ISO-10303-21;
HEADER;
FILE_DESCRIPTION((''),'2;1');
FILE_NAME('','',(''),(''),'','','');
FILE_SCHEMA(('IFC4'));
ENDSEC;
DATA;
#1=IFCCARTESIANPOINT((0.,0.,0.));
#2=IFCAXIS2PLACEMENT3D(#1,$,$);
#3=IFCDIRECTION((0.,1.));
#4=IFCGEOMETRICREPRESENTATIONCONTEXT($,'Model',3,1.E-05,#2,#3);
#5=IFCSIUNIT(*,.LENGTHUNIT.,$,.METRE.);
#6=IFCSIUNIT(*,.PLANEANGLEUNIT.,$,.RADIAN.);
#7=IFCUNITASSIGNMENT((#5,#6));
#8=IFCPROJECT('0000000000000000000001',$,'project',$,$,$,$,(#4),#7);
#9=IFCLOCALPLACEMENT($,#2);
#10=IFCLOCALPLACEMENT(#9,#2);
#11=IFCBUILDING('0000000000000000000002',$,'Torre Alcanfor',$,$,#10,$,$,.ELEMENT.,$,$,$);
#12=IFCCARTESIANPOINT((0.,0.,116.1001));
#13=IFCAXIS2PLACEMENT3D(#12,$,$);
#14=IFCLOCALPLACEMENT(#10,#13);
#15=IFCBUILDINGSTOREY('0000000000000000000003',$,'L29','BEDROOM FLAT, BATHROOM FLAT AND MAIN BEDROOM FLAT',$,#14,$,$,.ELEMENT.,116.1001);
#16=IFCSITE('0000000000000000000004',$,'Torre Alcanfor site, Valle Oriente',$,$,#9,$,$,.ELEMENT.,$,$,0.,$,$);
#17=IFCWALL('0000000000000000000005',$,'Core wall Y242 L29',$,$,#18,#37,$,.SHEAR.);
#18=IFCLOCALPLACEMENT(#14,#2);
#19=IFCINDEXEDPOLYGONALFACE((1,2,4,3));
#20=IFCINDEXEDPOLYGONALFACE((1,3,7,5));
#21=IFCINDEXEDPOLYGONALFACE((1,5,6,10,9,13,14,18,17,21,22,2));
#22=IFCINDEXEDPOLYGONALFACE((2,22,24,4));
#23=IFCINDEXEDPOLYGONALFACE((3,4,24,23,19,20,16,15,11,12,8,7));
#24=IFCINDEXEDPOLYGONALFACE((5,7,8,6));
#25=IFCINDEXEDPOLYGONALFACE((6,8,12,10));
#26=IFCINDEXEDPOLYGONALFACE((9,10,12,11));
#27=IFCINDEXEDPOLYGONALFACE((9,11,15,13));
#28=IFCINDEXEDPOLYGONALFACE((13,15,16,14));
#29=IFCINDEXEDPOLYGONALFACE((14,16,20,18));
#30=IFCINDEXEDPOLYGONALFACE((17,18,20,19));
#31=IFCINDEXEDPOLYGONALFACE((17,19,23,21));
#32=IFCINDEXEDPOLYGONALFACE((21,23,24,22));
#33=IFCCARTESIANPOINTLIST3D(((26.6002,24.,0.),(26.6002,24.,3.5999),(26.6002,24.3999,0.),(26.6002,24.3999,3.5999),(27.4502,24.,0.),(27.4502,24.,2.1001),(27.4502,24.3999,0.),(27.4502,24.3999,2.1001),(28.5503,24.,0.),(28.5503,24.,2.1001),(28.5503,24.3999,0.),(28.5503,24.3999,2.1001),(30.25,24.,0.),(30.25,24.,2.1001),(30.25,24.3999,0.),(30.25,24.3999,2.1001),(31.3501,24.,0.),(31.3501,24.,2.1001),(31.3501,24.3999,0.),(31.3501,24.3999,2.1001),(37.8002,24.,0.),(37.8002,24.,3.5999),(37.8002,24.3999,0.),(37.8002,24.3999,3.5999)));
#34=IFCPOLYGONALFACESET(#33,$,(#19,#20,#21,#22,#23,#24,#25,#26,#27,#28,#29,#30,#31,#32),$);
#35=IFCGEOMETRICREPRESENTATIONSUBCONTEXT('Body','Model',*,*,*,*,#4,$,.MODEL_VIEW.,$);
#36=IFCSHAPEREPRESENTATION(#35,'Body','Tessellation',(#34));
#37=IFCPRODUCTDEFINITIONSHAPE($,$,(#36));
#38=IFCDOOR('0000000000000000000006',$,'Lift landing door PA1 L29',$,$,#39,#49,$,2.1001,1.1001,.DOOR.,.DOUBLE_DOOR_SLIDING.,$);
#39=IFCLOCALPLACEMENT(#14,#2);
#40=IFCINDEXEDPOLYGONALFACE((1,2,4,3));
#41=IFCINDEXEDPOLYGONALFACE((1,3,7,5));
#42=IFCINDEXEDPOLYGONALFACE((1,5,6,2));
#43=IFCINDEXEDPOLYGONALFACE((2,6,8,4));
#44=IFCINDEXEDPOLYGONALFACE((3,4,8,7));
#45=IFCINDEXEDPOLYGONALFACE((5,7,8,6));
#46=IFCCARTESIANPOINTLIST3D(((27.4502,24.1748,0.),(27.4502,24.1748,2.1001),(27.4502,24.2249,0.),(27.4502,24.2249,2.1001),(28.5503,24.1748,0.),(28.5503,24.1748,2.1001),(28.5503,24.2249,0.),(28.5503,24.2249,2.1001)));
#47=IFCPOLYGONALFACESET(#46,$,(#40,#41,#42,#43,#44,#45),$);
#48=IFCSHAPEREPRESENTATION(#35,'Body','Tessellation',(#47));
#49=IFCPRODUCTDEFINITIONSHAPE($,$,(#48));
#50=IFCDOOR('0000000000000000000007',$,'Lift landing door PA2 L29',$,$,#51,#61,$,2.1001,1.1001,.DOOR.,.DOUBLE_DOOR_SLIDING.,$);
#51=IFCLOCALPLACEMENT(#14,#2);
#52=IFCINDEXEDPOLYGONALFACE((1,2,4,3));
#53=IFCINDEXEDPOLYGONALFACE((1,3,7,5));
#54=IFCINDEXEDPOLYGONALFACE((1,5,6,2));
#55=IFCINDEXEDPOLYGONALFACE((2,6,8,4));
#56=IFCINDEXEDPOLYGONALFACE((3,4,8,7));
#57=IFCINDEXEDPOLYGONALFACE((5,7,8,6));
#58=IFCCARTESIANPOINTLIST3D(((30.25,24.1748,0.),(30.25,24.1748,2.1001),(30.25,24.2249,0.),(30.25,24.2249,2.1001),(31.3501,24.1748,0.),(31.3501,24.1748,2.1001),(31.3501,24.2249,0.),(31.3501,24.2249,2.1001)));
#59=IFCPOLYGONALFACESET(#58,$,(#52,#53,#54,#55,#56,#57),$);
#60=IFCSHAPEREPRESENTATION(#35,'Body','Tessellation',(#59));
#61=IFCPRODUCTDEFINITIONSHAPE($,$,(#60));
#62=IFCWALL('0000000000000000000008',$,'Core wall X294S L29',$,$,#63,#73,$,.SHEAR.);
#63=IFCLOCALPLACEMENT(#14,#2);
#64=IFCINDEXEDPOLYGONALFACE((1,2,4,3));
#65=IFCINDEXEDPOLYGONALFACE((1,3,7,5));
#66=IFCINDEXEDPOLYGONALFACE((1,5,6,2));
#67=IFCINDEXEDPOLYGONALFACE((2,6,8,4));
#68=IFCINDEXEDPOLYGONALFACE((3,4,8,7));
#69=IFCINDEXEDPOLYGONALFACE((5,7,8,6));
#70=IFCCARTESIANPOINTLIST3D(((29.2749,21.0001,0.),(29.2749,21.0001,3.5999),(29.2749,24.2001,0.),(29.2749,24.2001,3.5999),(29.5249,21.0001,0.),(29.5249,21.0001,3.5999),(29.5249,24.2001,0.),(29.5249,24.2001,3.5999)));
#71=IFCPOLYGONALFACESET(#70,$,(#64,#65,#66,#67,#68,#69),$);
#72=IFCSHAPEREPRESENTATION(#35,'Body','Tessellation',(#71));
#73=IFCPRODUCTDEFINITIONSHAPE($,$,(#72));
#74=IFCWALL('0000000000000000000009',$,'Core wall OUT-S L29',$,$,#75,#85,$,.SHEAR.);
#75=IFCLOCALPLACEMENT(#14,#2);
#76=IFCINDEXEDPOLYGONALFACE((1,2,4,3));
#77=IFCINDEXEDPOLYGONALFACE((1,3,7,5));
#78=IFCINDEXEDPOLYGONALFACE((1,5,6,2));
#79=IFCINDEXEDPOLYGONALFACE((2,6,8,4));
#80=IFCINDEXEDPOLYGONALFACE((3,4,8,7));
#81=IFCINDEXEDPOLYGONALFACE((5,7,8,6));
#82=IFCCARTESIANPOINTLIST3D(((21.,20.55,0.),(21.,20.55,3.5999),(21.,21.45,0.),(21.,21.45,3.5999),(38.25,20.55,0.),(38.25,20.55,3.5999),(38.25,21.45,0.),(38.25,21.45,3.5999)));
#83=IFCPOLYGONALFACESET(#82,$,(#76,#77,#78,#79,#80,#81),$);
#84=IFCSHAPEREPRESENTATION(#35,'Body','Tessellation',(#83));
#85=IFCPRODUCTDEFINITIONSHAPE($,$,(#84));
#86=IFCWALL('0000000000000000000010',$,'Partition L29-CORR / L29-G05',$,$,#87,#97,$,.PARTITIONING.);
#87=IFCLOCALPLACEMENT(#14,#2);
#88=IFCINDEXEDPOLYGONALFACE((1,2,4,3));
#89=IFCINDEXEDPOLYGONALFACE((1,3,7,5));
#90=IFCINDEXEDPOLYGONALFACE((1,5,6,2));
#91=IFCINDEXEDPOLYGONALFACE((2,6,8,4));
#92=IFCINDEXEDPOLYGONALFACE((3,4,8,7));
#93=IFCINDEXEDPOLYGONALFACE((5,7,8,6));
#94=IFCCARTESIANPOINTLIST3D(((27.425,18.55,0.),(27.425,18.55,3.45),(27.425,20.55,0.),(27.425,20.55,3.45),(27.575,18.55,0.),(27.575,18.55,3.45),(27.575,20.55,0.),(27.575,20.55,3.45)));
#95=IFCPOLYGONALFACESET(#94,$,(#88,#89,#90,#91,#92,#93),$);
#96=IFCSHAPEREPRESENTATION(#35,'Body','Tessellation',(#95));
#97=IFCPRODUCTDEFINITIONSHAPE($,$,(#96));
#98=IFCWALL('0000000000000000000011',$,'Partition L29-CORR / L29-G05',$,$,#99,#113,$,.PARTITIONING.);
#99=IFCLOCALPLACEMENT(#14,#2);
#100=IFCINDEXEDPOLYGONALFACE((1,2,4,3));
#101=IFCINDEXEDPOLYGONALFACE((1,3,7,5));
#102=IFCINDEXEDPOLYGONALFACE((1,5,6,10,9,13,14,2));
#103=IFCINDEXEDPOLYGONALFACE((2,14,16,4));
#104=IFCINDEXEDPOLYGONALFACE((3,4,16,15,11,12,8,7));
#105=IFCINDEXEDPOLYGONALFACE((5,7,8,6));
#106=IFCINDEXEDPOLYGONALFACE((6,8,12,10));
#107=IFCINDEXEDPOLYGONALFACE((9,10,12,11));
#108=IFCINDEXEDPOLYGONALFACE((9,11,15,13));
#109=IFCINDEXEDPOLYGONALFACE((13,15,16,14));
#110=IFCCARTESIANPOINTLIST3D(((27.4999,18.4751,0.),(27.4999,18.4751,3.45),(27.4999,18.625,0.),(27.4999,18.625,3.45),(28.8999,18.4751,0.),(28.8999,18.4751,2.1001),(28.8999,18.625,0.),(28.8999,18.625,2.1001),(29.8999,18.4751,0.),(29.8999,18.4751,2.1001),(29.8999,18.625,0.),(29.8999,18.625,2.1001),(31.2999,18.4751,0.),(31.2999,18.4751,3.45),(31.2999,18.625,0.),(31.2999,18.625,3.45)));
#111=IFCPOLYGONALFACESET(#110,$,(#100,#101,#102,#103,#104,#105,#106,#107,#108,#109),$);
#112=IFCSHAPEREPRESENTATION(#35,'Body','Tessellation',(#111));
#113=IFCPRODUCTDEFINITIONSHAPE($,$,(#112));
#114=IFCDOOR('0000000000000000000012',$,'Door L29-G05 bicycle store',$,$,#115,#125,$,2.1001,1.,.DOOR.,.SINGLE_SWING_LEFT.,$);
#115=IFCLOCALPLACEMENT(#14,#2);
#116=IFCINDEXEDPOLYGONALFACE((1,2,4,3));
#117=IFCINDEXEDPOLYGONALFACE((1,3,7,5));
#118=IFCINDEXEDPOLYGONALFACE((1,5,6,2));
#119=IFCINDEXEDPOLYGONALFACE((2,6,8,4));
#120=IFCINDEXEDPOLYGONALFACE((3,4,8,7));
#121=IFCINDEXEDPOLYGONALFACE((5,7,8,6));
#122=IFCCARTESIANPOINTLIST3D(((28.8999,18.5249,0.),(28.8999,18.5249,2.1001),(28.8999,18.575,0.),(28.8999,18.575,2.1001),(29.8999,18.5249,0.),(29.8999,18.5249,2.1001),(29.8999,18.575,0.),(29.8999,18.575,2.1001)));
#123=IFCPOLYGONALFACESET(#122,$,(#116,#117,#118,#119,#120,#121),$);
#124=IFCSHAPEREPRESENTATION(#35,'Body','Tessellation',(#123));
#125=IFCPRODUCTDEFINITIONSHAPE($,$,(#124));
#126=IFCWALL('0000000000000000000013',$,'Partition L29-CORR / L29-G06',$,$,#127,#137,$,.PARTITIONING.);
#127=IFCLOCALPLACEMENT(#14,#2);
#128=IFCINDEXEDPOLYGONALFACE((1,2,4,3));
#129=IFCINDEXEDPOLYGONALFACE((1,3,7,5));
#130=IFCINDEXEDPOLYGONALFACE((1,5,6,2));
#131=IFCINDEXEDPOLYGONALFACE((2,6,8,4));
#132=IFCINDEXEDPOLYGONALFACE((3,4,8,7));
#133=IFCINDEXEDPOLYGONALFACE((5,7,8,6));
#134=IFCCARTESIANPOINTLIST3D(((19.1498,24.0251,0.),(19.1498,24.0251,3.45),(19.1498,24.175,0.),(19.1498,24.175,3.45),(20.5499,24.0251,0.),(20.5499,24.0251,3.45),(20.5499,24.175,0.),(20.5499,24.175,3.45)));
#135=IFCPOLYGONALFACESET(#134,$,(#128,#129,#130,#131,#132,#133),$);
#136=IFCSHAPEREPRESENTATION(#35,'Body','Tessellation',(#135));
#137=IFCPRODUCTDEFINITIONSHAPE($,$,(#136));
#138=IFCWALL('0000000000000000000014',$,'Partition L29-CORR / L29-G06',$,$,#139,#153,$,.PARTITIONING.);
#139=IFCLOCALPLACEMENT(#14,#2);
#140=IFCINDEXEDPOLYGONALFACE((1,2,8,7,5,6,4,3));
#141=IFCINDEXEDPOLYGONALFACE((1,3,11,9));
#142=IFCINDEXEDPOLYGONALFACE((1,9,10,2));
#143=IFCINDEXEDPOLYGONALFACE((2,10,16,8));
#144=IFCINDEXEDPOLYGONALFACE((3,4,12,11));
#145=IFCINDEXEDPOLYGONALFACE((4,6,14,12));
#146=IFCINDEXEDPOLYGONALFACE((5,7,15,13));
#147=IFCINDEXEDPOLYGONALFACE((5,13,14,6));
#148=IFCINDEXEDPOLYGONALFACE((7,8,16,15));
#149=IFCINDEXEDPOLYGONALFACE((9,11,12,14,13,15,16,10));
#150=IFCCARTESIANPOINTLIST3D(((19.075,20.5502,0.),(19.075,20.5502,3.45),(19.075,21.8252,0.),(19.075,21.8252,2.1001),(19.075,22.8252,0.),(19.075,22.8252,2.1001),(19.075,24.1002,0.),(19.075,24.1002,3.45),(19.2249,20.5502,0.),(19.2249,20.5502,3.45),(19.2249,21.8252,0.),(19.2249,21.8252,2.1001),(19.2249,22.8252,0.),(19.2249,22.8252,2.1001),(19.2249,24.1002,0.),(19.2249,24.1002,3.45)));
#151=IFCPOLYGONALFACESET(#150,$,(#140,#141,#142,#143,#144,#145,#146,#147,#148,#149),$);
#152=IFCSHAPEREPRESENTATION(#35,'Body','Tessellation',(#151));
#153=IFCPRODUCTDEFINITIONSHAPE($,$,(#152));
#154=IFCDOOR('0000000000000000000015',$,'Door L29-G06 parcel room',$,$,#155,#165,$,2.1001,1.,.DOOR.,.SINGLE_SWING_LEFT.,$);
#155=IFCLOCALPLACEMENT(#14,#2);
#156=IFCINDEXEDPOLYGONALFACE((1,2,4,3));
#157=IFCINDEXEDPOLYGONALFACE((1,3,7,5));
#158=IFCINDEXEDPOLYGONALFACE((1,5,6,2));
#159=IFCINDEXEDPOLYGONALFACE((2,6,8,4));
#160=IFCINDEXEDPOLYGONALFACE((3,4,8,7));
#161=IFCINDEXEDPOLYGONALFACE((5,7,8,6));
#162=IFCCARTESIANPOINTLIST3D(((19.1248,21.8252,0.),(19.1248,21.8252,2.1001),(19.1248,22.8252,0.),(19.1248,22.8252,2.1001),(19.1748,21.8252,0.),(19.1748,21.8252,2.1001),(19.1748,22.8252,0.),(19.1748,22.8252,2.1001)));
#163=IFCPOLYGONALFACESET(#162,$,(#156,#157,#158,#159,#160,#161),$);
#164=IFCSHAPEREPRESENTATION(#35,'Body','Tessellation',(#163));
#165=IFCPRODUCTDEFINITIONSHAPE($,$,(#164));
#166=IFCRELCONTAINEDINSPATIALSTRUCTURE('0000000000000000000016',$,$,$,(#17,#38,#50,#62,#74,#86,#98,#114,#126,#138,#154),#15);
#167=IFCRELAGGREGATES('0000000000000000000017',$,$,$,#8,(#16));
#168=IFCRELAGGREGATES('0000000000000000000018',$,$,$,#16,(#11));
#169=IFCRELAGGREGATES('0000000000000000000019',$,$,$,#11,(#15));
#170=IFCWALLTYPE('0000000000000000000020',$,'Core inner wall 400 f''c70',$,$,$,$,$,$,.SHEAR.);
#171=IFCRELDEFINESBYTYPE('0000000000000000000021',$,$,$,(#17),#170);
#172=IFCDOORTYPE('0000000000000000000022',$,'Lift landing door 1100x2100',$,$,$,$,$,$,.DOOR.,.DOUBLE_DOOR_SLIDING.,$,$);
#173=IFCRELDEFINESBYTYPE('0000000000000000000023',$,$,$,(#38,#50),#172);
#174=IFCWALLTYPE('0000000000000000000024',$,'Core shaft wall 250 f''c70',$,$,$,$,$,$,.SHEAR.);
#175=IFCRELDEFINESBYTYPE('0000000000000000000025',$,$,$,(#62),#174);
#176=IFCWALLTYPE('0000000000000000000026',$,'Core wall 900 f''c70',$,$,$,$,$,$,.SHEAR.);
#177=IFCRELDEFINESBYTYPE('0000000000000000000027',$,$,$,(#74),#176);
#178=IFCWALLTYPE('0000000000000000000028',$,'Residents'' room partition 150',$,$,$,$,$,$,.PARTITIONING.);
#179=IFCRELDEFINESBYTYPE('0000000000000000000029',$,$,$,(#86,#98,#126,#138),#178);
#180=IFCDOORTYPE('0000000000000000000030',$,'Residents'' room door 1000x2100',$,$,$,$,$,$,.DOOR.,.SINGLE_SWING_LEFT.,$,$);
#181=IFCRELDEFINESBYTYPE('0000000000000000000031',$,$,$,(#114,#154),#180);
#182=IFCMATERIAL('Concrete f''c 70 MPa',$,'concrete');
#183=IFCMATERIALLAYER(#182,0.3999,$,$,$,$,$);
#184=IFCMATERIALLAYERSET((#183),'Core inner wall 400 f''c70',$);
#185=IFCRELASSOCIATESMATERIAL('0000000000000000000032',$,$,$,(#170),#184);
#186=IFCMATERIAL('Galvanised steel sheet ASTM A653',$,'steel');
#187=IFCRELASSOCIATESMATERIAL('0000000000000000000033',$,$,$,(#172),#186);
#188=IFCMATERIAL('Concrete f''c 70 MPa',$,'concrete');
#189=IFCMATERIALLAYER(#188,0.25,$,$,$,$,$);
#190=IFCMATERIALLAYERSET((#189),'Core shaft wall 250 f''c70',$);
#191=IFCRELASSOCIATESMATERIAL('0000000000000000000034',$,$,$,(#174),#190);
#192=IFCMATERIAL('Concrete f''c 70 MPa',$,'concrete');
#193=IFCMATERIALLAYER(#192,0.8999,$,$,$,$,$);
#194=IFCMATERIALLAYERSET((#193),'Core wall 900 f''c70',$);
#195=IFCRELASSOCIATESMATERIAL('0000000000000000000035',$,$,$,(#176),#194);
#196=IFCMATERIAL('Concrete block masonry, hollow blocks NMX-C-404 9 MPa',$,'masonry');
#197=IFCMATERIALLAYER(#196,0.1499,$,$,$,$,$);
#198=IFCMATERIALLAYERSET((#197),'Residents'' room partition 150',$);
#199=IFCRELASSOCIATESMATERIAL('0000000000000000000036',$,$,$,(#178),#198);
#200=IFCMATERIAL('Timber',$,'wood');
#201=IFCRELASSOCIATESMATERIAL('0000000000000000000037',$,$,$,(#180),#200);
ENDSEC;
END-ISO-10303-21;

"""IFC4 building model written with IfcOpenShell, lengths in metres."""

from ifc_helpers import new_model, si_unit, direction, frame, frame_2d, origin, place, context, subcontext, project, spatial, rectangle, extrude, material, layer, layer_set, type_object, element, fill, save


model = new_model("IFC4")

# Units and contexts
model_context = context("Model", 3, precision=1e-05, world=origin(), true_north=direction((0.0, 1.0)))
body_context = subcontext(model_context, "Body", "Model", "MODEL_VIEW")
ifc_project = project(units=[si_unit("LENGTHUNIT", "METRE"), si_unit("PLANEANGLEUNIT", "RADIAN")], contexts=[model_context])

# Site, building, storey
site_placement = place(None, origin())
site = spatial("IfcSite", under=ifc_project, at=site_placement, Name="Torre Alcanfor site, Valle Oriente", CompositionType="ELEMENT", RefElevation=0.0)
building_placement = place(site_placement, origin())
building = spatial("IfcBuilding", under=site, at=building_placement, Name="Torre Alcanfor", CompositionType="ELEMENT")
storey_placement = place(building_placement, frame((0.0, 0.0, 116.1001)))
storey = spatial("IfcBuildingStorey", under=building, at=storey_placement, Name="L29", Description="BEDROOM FLAT, BATHROOM FLAT AND MAIN BEDROOM FLAT", CompositionType="ELEMENT", Elevation=116.1001)

# Shared definitions
ifc_material_1 = material(Name="Concrete f'c 70 MPa", Category="concrete")
ifc_layer_1 = layer(ifc_material_1, 0.3999)
ifc_layer_set_1 = layer_set([ifc_layer_1], Name="Core inner wall 400 f'c70")
wall_type_1 = type_object("IfcWallType", Name="Core inner wall 400 f'c70", PredefinedType="SHEAR", material=ifc_layer_set_1)

# Wall, openings, doors
wall_1_placement = place(storey_placement, frame((26.6001, 24.2, 0.0), z_axis=(0.0, 0.0, 1.0), x_axis=(1.0, 0.0, 0.0)))
wall_1 = element("IfcWall", 1, at=wall_1_placement, inside=storey, type_object=wall_type_1, Name="Core wall Y242 L29", PredefinedType="SHEAR", context=body_context, shape_type="SweptSolid", body=[
    extrude(rectangle(XDim=11.2, YDim=0.3999, at=frame_2d((5.6001, 0.0))), origin(), (0.0, 0.0, 1.0), 3.5999),
])
opening_1_placement = place(wall_1_placement, frame((0.8501, 0.0, 0.0)))
opening_1 = element("IfcOpeningElement", 2, at=opening_1_placement, cuts=wall_1, PredefinedType="OPENING", context=body_context, shape_type="SweptSolid", body=[
    extrude(rectangle(XDim=1.1001, YDim=2.1001, at=frame_2d((0.55, 1.05))), frame((0.0, 0.21, 0.0), z_axis=(0.0, -1.0, 0.0), x_axis=(1.0, 0.0, 0.0)), (0.0, 0.0, 1.0), 0.4199),
])
opening_2_placement = place(wall_1_placement, frame((3.6499, 0.0, 0.0)))
opening_2 = element("IfcOpeningElement", 3, at=opening_2_placement, cuts=wall_1, PredefinedType="OPENING", context=body_context, shape_type="SweptSolid", body=[
    extrude(rectangle(XDim=1.1001, YDim=2.1001, at=frame_2d((0.55, 1.05))), frame((0.0, 0.21, 0.0), z_axis=(0.0, -1.0, 0.0), x_axis=(1.0, 0.0, 0.0)), (0.0, 0.0, 1.0), 0.4199),
])
ifc_material_2 = material(Name="Galvanised steel sheet ASTM A653", Category="steel")
door_type_1 = type_object("IfcDoorType", Name="Lift landing door 1100x2100", OperationType="DOUBLE_DOOR_SLIDING", PredefinedType="DOOR", material=ifc_material_2)
door_1_placement = place(opening_1_placement, origin())
door_1 = element("IfcDoor", 4, at=door_1_placement, inside=storey, type_object=door_type_1, Name="Lift landing door PA1 L29", OperationType="DOUBLE_DOOR_SLIDING", OverallHeight=2.1001, OverallWidth=1.1001, PredefinedType="DOOR", context=body_context, shape_type="SweptSolid", body=[
    extrude(rectangle(XDim=1.1001, YDim=2.1001, at=frame_2d((0.55, 1.05))), frame((0.0, 0.0249, 0.0), z_axis=(0.0, -1.0, 0.0), x_axis=(1.0, 0.0, 0.0)), (0.0, 0.0, 1.0), 0.05),
])
fill(opening_1, door_1)
door_2_placement = place(opening_2_placement, origin())
door_2 = element("IfcDoor", 5, at=door_2_placement, inside=storey, type_object=door_type_1, Name="Lift landing door PA2 L29", OperationType="DOUBLE_DOOR_SLIDING", OverallHeight=2.1001, OverallWidth=1.1001, PredefinedType="DOOR", context=body_context, shape_type="SweptSolid", body=[
    extrude(rectangle(XDim=1.1001, YDim=2.1001, at=frame_2d((0.55, 1.05))), frame((0.0, 0.0249, 0.0), z_axis=(0.0, -1.0, 0.0), x_axis=(1.0, 0.0, 0.0)), (0.0, 0.0, 1.0), 0.05),
])
fill(opening_2, door_2)

# Walls
ifc_material_3 = material(Name="Concrete f'c 70 MPa", Category="concrete")
ifc_layer_2 = layer(ifc_material_3, 0.25)
ifc_layer_set_2 = layer_set([ifc_layer_2], Name="Core shaft wall 250 f'c70")
wall_type_2 = type_object("IfcWallType", Name="Core shaft wall 250 f'c70", PredefinedType="SHEAR", material=ifc_layer_set_2)
wall_2_placement = place(storey_placement, frame((29.3999, 21.0, 0.0), z_axis=(0.0, 0.0, 1.0), x_axis=(0.0, 1.0, 0.0)))
element("IfcWall", 6, at=wall_2_placement, inside=storey, type_object=wall_type_2, Name="Core wall X294S L29", PredefinedType="SHEAR", context=body_context, shape_type="SweptSolid", body=[
    extrude(rectangle(XDim=3.2, YDim=0.25, at=frame_2d((1.6001, 0.0))), origin(), (0.0, 0.0, 1.0), 3.5999),
])
ifc_material_4 = material(Name="Concrete f'c 70 MPa", Category="concrete")
ifc_layer_3 = layer(ifc_material_4, 0.8999)
ifc_layer_set_3 = layer_set([ifc_layer_3], Name="Core wall 900 f'c70")
wall_type_3 = type_object("IfcWallType", Name="Core wall 900 f'c70", PredefinedType="SHEAR", material=ifc_layer_set_3)
wall_3_placement = place(storey_placement, frame((21.0, 21.0, 0.0), z_axis=(0.0, 0.0, 1.0), x_axis=(1.0, 0.0, 0.0)))
element("IfcWall", 7, at=wall_3_placement, inside=storey, type_object=wall_type_3, Name="Core wall OUT-S L29", PredefinedType="SHEAR", context=body_context, shape_type="SweptSolid", body=[
    extrude(rectangle(XDim=17.25, YDim=0.8999, at=frame_2d((8.625, 0.0))), origin(), (0.0, 0.0, 1.0), 3.5999),
])
ifc_material_5 = material(Name="Concrete block masonry, hollow blocks NMX-C-404 9 MPa", Category="masonry")
ifc_layer_4 = layer(ifc_material_5, 0.1499)
ifc_layer_set_4 = layer_set([ifc_layer_4], Name="Residents' room partition 150")
wall_type_4 = type_object("IfcWallType", Name="Residents' room partition 150", PredefinedType="PARTITIONING", material=ifc_layer_set_4)
wall_4_placement = place(storey_placement, frame((27.5, 20.55, 0.0), z_axis=(0.0, 0.0, 1.0), x_axis=(0.0, -1.0, 0.0)))
element("IfcWall", 8, at=wall_4_placement, inside=storey, type_object=wall_type_4, Name="Partition L29-CORR / L29-G05", PredefinedType="PARTITIONING", context=body_context, shape_type="SweptSolid", body=[
    extrude(rectangle(XDim=2.0, YDim=0.1499, at=frame_2d((1.0, 0.0))), origin(), (0.0, 0.0, 1.0), 3.45),
])

# Wall, opening, door
wall_5_placement = place(storey_placement, frame((27.5, 18.55, 0.0), z_axis=(0.0, 0.0, 1.0), x_axis=(1.0, 0.0, 0.0)))
wall_5 = element("IfcWall", 9, at=wall_5_placement, inside=storey, type_object=wall_type_4, Name="Partition L29-CORR / L29-G05", PredefinedType="PARTITIONING", context=body_context, shape_type="SweptSolid", body=[
    extrude(rectangle(XDim=3.8, YDim=0.1499, at=frame_2d((1.8999, 0.0))), origin(), (0.0, 0.0, 1.0), 3.45),
])
opening_3_placement = place(wall_5_placement, frame((1.3999, 0.0, 0.0)))
opening_3 = element("IfcOpeningElement", 10, at=opening_3_placement, cuts=wall_5, PredefinedType="OPENING", context=body_context, shape_type="SweptSolid", body=[
    extrude(rectangle(XDim=1.0, YDim=2.1001, at=frame_2d((0.5, 1.05))), frame((0.0, 0.085, 0.0), z_axis=(0.0, -1.0, 0.0), x_axis=(1.0, 0.0, 0.0)), (0.0, 0.0, 1.0), 0.1699),
])
ifc_material_6 = material(Name="Timber", Category="wood")
door_type_2 = type_object("IfcDoorType", Name="Residents' room door 1000x2100", OperationType="SINGLE_SWING_LEFT", PredefinedType="DOOR", material=ifc_material_6)
door_3_placement = place(opening_3_placement, origin())
door_3 = element("IfcDoor", 11, at=door_3_placement, inside=storey, type_object=door_type_2, Name="Door L29-G05 bicycle store", OperationType="SINGLE_SWING_LEFT", OverallHeight=2.1001, OverallWidth=1.0, PredefinedType="DOOR", context=body_context, shape_type="SweptSolid", body=[
    extrude(rectangle(XDim=1.0, YDim=2.1001, at=frame_2d((0.5, 1.05))), frame((0.0, 0.0249, 0.0), z_axis=(0.0, -1.0, 0.0), x_axis=(1.0, 0.0, 0.0)), (0.0, 0.0, 1.0), 0.05),
])
fill(opening_3, door_3)

# Wall
wall_6_placement = place(storey_placement, frame((20.55, 24.1001, 0.0), z_axis=(0.0, 0.0, 1.0), x_axis=(-1.0, 0.0, 0.0)))
element("IfcWall", 12, at=wall_6_placement, inside=storey, type_object=wall_type_4, Name="Partition L29-CORR / L29-G06", PredefinedType="PARTITIONING", context=body_context, shape_type="SweptSolid", body=[
    extrude(rectangle(XDim=1.4001, YDim=0.1499, at=frame_2d((0.7002, 0.0))), origin(), (0.0, 0.0, 1.0), 3.45),
])

# Wall, opening, door
wall_7_placement = place(storey_placement, frame((19.1499, 24.1001, 0.0), z_axis=(0.0, 0.0, 1.0), x_axis=(0.0, -1.0, 0.0)))
wall_7 = element("IfcWall", 13, at=wall_7_placement, inside=storey, type_object=wall_type_4, Name="Partition L29-CORR / L29-G06", PredefinedType="PARTITIONING", context=body_context, shape_type="SweptSolid", body=[
    extrude(rectangle(XDim=3.55, YDim=0.1499, at=frame_2d((1.7749, 0.0))), origin(), (0.0, 0.0, 1.0), 3.45),
])
opening_4_placement = place(wall_7_placement, frame((1.2749, 0.0, 0.0)))
opening_4 = element("IfcOpeningElement", 14, at=opening_4_placement, cuts=wall_7, PredefinedType="OPENING", context=body_context, shape_type="SweptSolid", body=[
    extrude(rectangle(XDim=1.0, YDim=2.1001, at=frame_2d((0.5, 1.05))), frame((0.0, 0.085, 0.0), z_axis=(0.0, -1.0, 0.0), x_axis=(1.0, 0.0, 0.0)), (0.0, 0.0, 1.0), 0.1699),
])
door_4_placement = place(opening_4_placement, origin())
door_4 = element("IfcDoor", 15, at=door_4_placement, inside=storey, type_object=door_type_2, Name="Door L29-G06 parcel room", OperationType="SINGLE_SWING_LEFT", OverallHeight=2.1001, OverallWidth=1.0, PredefinedType="DOOR", context=body_context, shape_type="SweptSolid", body=[
    extrude(rectangle(XDim=1.0, YDim=2.1001, at=frame_2d((0.5, 1.05))), frame((0.0, 0.0249, 0.0), z_axis=(0.0, -1.0, 0.0), x_axis=(1.0, 0.0, 0.0)), (0.0, 0.0, 1.0), 0.05),
])
fill(opening_4, door_4)

save(model, "model.ifc")
